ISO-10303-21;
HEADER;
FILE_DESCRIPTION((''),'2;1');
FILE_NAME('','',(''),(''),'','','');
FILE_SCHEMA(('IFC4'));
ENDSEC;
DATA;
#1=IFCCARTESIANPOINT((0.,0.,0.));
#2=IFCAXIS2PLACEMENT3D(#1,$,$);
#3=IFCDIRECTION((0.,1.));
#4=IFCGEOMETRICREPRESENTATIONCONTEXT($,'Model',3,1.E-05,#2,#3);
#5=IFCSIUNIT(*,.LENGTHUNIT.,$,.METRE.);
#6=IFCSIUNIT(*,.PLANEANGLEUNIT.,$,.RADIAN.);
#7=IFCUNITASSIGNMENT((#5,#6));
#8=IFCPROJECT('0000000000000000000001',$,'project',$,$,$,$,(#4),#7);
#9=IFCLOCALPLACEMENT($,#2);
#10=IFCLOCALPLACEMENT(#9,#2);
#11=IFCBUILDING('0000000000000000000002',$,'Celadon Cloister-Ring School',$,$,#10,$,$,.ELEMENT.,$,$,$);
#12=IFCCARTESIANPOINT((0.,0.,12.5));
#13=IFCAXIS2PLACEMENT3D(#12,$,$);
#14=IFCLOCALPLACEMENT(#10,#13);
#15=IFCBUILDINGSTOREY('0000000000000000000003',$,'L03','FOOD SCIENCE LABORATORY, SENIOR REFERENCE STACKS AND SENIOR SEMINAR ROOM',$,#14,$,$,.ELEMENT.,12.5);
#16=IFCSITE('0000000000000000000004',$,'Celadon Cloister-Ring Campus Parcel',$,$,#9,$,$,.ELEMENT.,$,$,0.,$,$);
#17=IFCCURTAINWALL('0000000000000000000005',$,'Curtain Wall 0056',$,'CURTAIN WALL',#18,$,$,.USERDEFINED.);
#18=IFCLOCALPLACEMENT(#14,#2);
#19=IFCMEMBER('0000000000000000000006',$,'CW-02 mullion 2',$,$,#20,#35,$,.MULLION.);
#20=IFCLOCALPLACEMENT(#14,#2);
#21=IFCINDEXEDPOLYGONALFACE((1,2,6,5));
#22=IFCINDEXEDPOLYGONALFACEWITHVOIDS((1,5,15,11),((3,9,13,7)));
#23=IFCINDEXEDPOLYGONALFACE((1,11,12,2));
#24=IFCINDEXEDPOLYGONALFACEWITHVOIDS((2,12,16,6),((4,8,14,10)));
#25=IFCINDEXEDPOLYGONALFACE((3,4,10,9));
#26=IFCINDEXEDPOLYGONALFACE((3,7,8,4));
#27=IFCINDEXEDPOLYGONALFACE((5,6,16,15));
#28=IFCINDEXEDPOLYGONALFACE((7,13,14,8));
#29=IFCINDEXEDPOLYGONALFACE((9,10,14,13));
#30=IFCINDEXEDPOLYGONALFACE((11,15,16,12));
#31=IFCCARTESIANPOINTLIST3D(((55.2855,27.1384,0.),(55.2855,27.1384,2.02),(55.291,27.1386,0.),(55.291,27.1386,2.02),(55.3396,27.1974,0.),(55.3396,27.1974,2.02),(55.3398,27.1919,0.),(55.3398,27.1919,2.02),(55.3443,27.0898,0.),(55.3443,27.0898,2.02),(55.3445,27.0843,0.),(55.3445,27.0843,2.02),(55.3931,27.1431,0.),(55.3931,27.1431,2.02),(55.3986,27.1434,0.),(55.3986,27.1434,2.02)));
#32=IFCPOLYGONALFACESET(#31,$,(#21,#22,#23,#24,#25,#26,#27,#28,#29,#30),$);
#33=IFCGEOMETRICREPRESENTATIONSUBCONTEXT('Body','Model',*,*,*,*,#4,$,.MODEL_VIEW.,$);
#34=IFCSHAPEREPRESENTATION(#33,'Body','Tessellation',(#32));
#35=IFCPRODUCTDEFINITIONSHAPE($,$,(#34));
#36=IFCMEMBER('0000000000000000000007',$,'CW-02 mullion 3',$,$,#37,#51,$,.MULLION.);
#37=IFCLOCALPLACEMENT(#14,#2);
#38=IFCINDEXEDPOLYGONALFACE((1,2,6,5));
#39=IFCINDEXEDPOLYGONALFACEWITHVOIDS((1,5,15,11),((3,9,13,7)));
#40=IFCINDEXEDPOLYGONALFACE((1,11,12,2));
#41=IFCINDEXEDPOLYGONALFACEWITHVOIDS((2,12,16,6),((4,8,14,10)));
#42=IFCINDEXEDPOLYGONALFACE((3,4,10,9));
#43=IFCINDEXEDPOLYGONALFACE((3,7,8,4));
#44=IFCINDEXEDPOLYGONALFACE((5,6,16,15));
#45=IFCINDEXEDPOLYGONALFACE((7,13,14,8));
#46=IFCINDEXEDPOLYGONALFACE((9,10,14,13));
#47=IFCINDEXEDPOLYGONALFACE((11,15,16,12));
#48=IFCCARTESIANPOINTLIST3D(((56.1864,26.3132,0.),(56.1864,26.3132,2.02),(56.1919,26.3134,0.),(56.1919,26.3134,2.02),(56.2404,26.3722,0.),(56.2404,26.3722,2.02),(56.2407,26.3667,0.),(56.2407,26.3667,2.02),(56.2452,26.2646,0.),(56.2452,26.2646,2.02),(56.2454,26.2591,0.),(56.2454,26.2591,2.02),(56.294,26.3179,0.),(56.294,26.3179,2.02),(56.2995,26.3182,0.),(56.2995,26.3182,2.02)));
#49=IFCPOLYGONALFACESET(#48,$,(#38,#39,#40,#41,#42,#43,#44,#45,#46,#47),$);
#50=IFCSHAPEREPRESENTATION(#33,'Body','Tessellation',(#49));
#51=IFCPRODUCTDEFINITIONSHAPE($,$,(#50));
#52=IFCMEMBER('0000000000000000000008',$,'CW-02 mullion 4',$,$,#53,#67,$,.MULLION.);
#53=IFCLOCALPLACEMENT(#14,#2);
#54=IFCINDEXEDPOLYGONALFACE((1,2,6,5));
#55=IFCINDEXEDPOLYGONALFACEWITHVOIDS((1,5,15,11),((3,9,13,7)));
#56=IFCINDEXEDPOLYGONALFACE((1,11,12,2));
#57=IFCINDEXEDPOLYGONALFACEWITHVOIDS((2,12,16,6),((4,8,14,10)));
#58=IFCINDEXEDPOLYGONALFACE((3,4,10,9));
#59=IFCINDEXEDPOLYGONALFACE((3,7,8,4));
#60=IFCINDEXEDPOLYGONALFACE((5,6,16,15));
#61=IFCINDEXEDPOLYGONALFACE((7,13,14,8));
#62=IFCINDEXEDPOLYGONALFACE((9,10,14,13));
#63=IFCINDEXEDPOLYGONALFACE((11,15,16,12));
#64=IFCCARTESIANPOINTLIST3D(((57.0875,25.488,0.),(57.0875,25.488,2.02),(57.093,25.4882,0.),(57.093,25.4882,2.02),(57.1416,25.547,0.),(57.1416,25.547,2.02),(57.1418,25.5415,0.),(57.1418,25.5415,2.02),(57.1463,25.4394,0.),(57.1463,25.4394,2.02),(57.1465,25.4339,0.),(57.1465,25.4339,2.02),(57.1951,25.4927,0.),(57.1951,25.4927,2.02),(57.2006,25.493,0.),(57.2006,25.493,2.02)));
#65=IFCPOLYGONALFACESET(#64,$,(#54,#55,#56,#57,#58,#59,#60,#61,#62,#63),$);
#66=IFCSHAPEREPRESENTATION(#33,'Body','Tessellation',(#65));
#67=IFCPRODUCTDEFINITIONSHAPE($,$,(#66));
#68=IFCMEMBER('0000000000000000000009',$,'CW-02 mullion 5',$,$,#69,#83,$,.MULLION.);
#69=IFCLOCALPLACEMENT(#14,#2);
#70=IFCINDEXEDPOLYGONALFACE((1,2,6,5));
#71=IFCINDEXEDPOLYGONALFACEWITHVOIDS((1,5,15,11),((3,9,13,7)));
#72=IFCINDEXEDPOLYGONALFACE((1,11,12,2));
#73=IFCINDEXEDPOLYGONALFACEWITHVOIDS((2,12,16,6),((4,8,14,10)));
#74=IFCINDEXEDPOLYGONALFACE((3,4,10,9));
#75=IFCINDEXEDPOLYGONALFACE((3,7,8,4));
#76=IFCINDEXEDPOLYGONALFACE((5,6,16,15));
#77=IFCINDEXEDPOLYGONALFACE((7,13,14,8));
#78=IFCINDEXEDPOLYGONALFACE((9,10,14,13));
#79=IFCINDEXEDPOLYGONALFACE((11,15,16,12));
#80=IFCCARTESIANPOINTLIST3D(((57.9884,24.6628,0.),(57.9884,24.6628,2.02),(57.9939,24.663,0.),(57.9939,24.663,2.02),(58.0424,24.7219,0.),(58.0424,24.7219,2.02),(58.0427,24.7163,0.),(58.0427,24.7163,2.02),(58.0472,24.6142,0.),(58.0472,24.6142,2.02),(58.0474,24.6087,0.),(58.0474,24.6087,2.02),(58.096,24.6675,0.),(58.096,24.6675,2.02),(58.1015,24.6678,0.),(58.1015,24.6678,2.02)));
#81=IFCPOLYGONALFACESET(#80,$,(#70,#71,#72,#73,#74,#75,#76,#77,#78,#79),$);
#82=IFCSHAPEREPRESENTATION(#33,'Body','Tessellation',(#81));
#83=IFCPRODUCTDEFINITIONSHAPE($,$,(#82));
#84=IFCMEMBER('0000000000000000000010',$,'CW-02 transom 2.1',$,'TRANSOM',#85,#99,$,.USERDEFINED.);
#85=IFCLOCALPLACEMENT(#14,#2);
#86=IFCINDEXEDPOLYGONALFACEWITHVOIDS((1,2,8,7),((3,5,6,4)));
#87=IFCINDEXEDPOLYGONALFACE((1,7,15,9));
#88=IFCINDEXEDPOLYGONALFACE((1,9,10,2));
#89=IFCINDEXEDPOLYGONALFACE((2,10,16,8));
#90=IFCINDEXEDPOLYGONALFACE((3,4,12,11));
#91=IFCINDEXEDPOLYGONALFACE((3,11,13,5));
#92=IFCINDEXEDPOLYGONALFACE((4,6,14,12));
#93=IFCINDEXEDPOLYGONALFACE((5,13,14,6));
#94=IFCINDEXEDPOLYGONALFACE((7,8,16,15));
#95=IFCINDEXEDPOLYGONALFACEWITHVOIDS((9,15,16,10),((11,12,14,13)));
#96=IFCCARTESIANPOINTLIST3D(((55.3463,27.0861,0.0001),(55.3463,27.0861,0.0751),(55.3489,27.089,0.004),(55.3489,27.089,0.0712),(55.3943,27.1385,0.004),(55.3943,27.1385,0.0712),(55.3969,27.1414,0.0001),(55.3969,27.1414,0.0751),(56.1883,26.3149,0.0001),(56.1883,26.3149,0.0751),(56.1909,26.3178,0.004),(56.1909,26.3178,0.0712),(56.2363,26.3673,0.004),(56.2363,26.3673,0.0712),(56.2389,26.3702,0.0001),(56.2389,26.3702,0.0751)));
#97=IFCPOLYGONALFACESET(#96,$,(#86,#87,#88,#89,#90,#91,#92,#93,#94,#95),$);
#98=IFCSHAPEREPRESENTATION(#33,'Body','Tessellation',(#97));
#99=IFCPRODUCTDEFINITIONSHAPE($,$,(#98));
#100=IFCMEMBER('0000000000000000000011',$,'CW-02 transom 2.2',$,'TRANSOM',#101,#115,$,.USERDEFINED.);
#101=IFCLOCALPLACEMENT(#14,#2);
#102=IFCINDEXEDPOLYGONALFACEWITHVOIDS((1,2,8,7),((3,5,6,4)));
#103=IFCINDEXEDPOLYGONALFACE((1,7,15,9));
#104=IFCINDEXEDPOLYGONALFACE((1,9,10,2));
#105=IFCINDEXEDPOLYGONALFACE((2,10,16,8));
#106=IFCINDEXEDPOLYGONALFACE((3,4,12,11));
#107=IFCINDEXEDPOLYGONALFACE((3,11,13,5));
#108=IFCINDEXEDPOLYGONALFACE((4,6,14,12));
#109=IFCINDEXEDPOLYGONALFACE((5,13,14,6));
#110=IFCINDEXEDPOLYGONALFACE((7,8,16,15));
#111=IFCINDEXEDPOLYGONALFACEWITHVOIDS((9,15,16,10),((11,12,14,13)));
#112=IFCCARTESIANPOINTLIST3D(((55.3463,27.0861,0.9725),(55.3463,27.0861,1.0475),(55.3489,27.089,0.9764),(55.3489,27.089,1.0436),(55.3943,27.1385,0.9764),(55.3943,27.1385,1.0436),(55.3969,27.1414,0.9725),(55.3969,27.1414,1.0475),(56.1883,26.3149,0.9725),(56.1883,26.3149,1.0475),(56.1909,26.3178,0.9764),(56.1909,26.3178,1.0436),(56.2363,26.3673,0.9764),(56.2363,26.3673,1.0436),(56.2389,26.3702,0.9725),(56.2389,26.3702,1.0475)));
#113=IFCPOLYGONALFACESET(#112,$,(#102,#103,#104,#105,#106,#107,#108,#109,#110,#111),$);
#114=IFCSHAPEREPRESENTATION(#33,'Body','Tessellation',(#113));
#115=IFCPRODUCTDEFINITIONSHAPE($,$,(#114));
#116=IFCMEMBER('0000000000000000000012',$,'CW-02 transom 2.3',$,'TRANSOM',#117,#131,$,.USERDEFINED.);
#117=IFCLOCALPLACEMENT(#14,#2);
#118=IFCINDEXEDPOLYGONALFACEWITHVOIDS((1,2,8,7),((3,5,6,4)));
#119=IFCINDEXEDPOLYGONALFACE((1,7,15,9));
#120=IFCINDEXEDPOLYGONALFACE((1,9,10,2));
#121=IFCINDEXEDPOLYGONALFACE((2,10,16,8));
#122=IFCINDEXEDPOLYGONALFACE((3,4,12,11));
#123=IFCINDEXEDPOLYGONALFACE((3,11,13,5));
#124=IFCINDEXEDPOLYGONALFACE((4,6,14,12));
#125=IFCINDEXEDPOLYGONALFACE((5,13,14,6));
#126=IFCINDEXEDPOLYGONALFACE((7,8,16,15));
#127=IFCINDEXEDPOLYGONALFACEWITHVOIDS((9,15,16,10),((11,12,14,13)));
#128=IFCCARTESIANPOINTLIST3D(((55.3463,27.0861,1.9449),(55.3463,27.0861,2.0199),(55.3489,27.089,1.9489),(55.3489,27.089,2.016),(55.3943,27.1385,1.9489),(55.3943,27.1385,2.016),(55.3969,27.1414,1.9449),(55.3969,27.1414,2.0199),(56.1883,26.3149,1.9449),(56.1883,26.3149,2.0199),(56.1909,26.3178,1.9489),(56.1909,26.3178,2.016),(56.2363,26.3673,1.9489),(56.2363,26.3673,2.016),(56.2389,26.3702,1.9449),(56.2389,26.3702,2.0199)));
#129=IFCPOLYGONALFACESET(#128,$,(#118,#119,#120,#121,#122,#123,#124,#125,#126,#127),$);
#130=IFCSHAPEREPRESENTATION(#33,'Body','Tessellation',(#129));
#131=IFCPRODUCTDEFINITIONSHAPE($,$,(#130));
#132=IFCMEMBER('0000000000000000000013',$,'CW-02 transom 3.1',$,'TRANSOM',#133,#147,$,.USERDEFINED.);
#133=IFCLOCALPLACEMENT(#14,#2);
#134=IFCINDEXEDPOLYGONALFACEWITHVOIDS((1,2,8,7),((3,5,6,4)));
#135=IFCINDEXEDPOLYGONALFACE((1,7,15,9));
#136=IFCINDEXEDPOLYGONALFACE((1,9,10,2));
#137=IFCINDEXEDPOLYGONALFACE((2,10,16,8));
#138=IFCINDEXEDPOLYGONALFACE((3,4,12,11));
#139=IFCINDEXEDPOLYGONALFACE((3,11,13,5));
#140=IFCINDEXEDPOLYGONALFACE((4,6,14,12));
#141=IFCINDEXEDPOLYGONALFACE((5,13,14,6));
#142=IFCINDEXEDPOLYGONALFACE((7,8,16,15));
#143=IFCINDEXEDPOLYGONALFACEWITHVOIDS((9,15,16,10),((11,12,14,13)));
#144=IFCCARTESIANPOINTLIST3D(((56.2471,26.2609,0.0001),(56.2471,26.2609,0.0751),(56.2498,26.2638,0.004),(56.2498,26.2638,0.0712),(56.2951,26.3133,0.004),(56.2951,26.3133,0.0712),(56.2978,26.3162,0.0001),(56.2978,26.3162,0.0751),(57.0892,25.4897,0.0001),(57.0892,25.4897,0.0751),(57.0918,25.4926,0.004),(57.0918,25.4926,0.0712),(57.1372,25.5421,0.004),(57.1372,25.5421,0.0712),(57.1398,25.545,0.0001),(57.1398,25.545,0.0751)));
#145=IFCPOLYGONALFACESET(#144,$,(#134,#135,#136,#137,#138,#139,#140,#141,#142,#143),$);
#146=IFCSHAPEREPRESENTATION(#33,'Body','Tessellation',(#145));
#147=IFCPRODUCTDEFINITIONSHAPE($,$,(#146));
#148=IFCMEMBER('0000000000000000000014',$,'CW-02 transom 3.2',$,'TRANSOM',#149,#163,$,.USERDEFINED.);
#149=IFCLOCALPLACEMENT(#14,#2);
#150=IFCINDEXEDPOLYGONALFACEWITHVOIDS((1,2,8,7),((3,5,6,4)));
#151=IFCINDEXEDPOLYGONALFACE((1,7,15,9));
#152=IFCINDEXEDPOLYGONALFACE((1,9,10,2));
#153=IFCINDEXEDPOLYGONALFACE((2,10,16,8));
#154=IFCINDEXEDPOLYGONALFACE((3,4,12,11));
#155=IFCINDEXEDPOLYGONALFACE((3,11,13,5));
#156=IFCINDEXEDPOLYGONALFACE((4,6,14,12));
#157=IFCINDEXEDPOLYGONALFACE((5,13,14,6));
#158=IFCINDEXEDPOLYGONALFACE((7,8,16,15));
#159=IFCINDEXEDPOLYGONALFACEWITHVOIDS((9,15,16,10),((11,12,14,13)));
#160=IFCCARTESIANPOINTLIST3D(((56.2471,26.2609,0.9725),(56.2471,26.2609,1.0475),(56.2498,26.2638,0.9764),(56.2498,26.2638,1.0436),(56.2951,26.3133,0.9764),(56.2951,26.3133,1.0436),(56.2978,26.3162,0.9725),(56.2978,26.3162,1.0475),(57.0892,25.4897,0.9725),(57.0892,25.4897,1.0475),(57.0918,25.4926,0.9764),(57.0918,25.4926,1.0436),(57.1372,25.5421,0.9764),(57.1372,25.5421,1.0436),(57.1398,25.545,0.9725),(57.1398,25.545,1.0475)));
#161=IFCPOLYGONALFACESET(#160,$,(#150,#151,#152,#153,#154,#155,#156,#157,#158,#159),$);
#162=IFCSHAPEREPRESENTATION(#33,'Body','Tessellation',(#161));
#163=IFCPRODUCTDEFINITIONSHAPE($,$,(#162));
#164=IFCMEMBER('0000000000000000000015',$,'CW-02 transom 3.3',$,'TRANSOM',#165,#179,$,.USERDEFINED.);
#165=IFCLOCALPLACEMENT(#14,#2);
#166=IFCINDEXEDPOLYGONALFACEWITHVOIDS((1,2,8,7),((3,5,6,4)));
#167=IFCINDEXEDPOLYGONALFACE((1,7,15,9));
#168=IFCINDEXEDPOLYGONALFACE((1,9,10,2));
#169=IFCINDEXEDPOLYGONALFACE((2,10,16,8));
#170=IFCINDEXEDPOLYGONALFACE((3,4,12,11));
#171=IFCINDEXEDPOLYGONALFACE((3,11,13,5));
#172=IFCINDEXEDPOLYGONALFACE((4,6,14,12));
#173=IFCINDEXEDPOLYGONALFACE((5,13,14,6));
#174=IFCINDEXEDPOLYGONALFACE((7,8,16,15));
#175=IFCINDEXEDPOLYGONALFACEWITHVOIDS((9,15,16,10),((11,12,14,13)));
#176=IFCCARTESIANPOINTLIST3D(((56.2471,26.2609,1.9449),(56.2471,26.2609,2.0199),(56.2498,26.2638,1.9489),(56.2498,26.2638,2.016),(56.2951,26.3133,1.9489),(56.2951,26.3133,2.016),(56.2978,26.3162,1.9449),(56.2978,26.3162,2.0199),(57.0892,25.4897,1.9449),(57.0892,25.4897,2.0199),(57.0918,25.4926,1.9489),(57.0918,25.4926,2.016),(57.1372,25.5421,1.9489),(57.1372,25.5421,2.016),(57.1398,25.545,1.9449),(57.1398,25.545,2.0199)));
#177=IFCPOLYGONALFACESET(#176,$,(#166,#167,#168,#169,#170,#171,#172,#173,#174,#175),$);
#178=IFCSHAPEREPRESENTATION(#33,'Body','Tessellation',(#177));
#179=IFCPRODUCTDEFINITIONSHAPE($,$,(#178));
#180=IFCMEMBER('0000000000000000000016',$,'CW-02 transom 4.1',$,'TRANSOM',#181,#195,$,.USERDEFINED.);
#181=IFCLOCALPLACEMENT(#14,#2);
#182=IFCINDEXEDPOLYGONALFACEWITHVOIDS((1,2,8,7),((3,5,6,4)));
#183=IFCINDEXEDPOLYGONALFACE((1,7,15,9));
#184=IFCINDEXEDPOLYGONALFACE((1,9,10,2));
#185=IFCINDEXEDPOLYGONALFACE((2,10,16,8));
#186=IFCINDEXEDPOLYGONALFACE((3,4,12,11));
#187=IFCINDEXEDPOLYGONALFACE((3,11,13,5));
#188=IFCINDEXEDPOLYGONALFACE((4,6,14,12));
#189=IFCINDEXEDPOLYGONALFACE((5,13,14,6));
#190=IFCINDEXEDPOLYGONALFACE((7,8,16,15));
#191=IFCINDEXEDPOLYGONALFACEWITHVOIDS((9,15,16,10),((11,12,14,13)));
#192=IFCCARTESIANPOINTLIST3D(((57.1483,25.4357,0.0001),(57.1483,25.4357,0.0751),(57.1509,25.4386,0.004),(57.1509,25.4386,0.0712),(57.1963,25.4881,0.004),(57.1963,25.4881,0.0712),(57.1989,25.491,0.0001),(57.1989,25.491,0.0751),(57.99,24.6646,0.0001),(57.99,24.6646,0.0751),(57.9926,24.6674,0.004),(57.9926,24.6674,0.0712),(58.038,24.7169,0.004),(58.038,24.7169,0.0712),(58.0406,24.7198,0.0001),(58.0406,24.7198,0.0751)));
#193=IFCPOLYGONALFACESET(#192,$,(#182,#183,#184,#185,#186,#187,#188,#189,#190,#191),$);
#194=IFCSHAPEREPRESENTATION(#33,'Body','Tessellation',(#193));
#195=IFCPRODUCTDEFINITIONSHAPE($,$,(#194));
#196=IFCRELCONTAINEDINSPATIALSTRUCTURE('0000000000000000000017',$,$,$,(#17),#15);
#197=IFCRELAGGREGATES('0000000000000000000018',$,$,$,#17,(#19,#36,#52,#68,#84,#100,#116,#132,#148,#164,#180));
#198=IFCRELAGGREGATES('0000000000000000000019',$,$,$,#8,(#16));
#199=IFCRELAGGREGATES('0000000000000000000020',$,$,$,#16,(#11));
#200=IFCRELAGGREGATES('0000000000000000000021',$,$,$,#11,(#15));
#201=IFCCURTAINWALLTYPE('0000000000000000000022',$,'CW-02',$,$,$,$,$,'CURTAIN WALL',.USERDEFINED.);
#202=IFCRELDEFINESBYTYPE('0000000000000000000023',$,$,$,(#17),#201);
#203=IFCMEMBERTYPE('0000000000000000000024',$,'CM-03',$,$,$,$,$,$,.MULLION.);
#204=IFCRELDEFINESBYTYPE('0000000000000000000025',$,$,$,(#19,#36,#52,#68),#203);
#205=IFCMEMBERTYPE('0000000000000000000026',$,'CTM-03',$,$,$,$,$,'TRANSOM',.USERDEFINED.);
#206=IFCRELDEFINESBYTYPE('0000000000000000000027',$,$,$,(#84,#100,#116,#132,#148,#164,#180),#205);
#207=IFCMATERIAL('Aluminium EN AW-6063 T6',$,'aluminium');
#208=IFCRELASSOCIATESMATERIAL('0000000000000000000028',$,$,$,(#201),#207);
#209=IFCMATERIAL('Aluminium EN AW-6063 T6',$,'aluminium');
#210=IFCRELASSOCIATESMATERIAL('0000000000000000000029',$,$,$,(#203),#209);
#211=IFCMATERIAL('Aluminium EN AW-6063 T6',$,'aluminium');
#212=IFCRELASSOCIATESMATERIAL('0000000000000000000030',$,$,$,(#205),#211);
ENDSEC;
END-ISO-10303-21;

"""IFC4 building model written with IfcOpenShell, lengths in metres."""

from ifc_helpers import new_model, si_unit, direction, frame, origin, origin_2d, place, context, subcontext, project, spatial, hollow_rectangle, extrude, material, material_profile, profile_set, type_object, element, aggregate, save


model = new_model("IFC4")

# Units and contexts
model_context = context("Model", 3, precision=1e-05, world=origin(), true_north=direction((0.0, 1.0)))
body_context = subcontext(model_context, "Body", "Model", "MODEL_VIEW")
ifc_project = project(units=[si_unit("LENGTHUNIT", "METRE"), si_unit("PLANEANGLEUNIT", "RADIAN")], contexts=[model_context])

# Site, building, storey
site_placement = place(None, origin())
site = spatial("IfcSite", under=ifc_project, at=site_placement, Name="Celadon Cloister-Ring Campus Parcel", CompositionType="ELEMENT", RefElevation=0.0)
building_placement = place(site_placement, origin())
building = spatial("IfcBuilding", under=site, at=building_placement, Name="Celadon Cloister-Ring School", CompositionType="ELEMENT")
storey_placement = place(building_placement, frame((0.0, 0.0, 12.5)))
storey = spatial("IfcBuildingStorey", under=building, at=storey_placement, Name="L03", Description="FOOD SCIENCE LABORATORY, SENIOR REFERENCE STACKS AND SENIOR SEMINAR ROOM", CompositionType="ELEMENT", Elevation=12.5)

# Curtain wall, members
ifc_material_1 = material(Name="Aluminium EN AW-6063 T6", Category="aluminium")
curtain_wall_type = type_object("IfcCurtainWallType", Name="CW-02", ElementType="CURTAIN WALL", PredefinedType="USERDEFINED", material=ifc_material_1)
curtain_wall_placement = place(storey_placement, origin())
curtain_wall = element("IfcCurtainWall", 1, at=curtain_wall_placement, inside=storey, type_object=curtain_wall_type, Name="Curtain Wall 0056", ObjectType="CURTAIN WALL", PredefinedType="USERDEFINED")
ifc_material_2 = material(Name="Aluminium EN AW-6063 T6", Category="aluminium")
ifc_material_profile_1 = material_profile(ifc_material_2, hollow_rectangle(XDim=0.0801, YDim=0.0801, WallThickness=0.0039, at=origin_2d()), Name="RHS80X80X4")
ifc_profile_set_1 = profile_set([ifc_material_profile_1], Name="Aluminium EN AW-6063 T6")
member_type_1 = type_object("IfcMemberType", Name="CM-03", PredefinedType="MULLION", material=ifc_profile_set_1)
member_1_placement = place(storey_placement, frame((55.342, 27.1409, 0.0), z_axis=(0.0, 0.0, 1.0), x_axis=(0.675406, 0.737446, 0.0)))
member_1 = element("IfcMember", 2, at=member_1_placement, type_object=member_type_1, Name="CW-02 mullion 2", PredefinedType="MULLION", context=body_context, shape_type="SweptSolid", body=[
    extrude(hollow_rectangle(XDim=0.0801, YDim=0.0801, WallThickness=0.0039, at=origin_2d()), origin(), (0.0, 0.0, 1.0), 2.02),
])
member_2_placement = place(storey_placement, frame((56.2429, 26.3157, 0.0), z_axis=(0.0, 0.0, 1.0), x_axis=(0.675406, 0.737446, 0.0)))
member_2 = element("IfcMember", 3, at=member_2_placement, type_object=member_type_1, Name="CW-02 mullion 3", PredefinedType="MULLION", context=body_context, shape_type="SweptSolid", body=[
    extrude(hollow_rectangle(XDim=0.0801, YDim=0.0801, WallThickness=0.0039, at=origin_2d()), origin(), (0.0, 0.0, 1.0), 2.02),
])
member_3_placement = place(storey_placement, frame((57.144, 25.4905, 0.0), z_axis=(0.0, 0.0, 1.0), x_axis=(0.675406, 0.737446, 0.0)))
member_3 = element("IfcMember", 4, at=member_3_placement, type_object=member_type_1, Name="CW-02 mullion 4", PredefinedType="MULLION", context=body_context, shape_type="SweptSolid", body=[
    extrude(hollow_rectangle(XDim=0.0801, YDim=0.0801, WallThickness=0.0039, at=origin_2d()), origin(), (0.0, 0.0, 1.0), 2.02),
])
member_4_placement = place(storey_placement, frame((58.0449, 24.6653, 0.0), z_axis=(0.0, 0.0, 1.0), x_axis=(0.675406, 0.737446, 0.0)))
member_4 = element("IfcMember", 5, at=member_4_placement, type_object=member_type_1, Name="CW-02 mullion 5", PredefinedType="MULLION", context=body_context, shape_type="SweptSolid", body=[
    extrude(hollow_rectangle(XDim=0.0801, YDim=0.0801, WallThickness=0.0039, at=origin_2d()), origin(), (0.0, 0.0, 1.0), 2.02),
])
ifc_material_3 = material(Name="Aluminium EN AW-6063 T6", Category="aluminium")
ifc_material_profile_2 = material_profile(ifc_material_3, hollow_rectangle(XDim=0.075, YDim=0.075, WallThickness=0.0039, at=origin_2d()), Name="RHS75X75X4")
ifc_profile_set_2 = profile_set([ifc_material_profile_2], Name="Aluminium EN AW-6063 T6")
member_type_2 = type_object("IfcMemberType", Name="CTM-03", ElementType="TRANSOM", PredefinedType="USERDEFINED", material=ifc_profile_set_2)
member_5_placement = place(storey_placement, frame((55.3716, 27.1138, 0.0376), z_axis=(0.737429, -0.675424, 0.0), x_axis=(0.675424, 0.737429, 0.0)))
member_5 = element("IfcMember", 6, at=member_5_placement, type_object=member_type_2, Name="CW-02 transom 2.1", ObjectType="TRANSOM", PredefinedType="USERDEFINED", context=body_context, shape_type="SweptSolid", body=[
    extrude(hollow_rectangle(XDim=0.075, YDim=0.075, WallThickness=0.0039, at=origin_2d()), origin(), (0.0, 0.0, 1.0), 1.1418),
])
member_6_placement = place(storey_placement, frame((55.3716, 27.1138, 1.01), z_axis=(0.737429, -0.675424, 0.0), x_axis=(0.675424, 0.737429, 0.0)))
member_6 = element("IfcMember", 7, at=member_6_placement, type_object=member_type_2, Name="CW-02 transom 2.2", ObjectType="TRANSOM", PredefinedType="USERDEFINED", context=body_context, shape_type="SweptSolid", body=[
    extrude(hollow_rectangle(XDim=0.075, YDim=0.075, WallThickness=0.0039, at=origin_2d()), origin(), (0.0, 0.0, 1.0), 1.1418),
])
member_7_placement = place(storey_placement, frame((55.3716, 27.1138, 1.9824), z_axis=(0.737429, -0.675424, 0.0), x_axis=(0.675424, 0.737429, 0.0)))
member_7 = element("IfcMember", 8, at=member_7_placement, type_object=member_type_2, Name="CW-02 transom 2.3", ObjectType="TRANSOM", PredefinedType="USERDEFINED", context=body_context, shape_type="SweptSolid", body=[
    extrude(hollow_rectangle(XDim=0.075, YDim=0.075, WallThickness=0.0039, at=origin_2d()), origin(), (0.0, 0.0, 1.0), 1.1418),
])
member_8_placement = place(storey_placement, frame((56.2725, 26.2886, 0.0376), z_axis=(0.737429, -0.675424, 0.0), x_axis=(0.675424, 0.737429, 0.0)))
member_8 = element("IfcMember", 9, at=member_8_placement, type_object=member_type_2, Name="CW-02 transom 3.1", ObjectType="TRANSOM", PredefinedType="USERDEFINED", context=body_context, shape_type="SweptSolid", body=[
    extrude(hollow_rectangle(XDim=0.075, YDim=0.075, WallThickness=0.0039, at=origin_2d()), origin(), (0.0, 0.0, 1.0), 1.1418),
])
member_9_placement = place(storey_placement, frame((56.2725, 26.2886, 1.01), z_axis=(0.737429, -0.675424, 0.0), x_axis=(0.675424, 0.737429, 0.0)))
member_9 = element("IfcMember", 10, at=member_9_placement, type_object=member_type_2, Name="CW-02 transom 3.2", ObjectType="TRANSOM", PredefinedType="USERDEFINED", context=body_context, shape_type="SweptSolid", body=[
    extrude(hollow_rectangle(XDim=0.075, YDim=0.075, WallThickness=0.0039, at=origin_2d()), origin(), (0.0, 0.0, 1.0), 1.1418),
])
member_10_placement = place(storey_placement, frame((56.2725, 26.2886, 1.9824), z_axis=(0.737429, -0.675424, 0.0), x_axis=(0.675424, 0.737429, 0.0)))
member_10 = element("IfcMember", 11, at=member_10_placement, type_object=member_type_2, Name="CW-02 transom 3.3", ObjectType="TRANSOM", PredefinedType="USERDEFINED", context=body_context, shape_type="SweptSolid", body=[
    extrude(hollow_rectangle(XDim=0.075, YDim=0.075, WallThickness=0.0039, at=origin_2d()), origin(), (0.0, 0.0, 1.0), 1.1418),
])
member_11_placement = place(storey_placement, frame((57.1736, 25.4634, 0.0376), z_axis=(0.737332, -0.675531, 0.0), x_axis=(0.675531, 0.737332, 0.0)))
member_11 = element("IfcMember", 12, at=member_11_placement, type_object=member_type_2, Name="CW-02 transom 4.1", ObjectType="TRANSOM", PredefinedType="USERDEFINED", context=body_context, shape_type="SweptSolid", body=[
    extrude(hollow_rectangle(XDim=0.075, YDim=0.075, WallThickness=0.0039, at=origin_2d()), origin(), (0.0, 0.0, 1.0), 1.1416),
])
aggregate(curtain_wall, [member_1, member_2, member_3, member_4, member_5, member_6, member_7, member_8, member_9, member_10, member_11])

save(model, "model.ifc")
